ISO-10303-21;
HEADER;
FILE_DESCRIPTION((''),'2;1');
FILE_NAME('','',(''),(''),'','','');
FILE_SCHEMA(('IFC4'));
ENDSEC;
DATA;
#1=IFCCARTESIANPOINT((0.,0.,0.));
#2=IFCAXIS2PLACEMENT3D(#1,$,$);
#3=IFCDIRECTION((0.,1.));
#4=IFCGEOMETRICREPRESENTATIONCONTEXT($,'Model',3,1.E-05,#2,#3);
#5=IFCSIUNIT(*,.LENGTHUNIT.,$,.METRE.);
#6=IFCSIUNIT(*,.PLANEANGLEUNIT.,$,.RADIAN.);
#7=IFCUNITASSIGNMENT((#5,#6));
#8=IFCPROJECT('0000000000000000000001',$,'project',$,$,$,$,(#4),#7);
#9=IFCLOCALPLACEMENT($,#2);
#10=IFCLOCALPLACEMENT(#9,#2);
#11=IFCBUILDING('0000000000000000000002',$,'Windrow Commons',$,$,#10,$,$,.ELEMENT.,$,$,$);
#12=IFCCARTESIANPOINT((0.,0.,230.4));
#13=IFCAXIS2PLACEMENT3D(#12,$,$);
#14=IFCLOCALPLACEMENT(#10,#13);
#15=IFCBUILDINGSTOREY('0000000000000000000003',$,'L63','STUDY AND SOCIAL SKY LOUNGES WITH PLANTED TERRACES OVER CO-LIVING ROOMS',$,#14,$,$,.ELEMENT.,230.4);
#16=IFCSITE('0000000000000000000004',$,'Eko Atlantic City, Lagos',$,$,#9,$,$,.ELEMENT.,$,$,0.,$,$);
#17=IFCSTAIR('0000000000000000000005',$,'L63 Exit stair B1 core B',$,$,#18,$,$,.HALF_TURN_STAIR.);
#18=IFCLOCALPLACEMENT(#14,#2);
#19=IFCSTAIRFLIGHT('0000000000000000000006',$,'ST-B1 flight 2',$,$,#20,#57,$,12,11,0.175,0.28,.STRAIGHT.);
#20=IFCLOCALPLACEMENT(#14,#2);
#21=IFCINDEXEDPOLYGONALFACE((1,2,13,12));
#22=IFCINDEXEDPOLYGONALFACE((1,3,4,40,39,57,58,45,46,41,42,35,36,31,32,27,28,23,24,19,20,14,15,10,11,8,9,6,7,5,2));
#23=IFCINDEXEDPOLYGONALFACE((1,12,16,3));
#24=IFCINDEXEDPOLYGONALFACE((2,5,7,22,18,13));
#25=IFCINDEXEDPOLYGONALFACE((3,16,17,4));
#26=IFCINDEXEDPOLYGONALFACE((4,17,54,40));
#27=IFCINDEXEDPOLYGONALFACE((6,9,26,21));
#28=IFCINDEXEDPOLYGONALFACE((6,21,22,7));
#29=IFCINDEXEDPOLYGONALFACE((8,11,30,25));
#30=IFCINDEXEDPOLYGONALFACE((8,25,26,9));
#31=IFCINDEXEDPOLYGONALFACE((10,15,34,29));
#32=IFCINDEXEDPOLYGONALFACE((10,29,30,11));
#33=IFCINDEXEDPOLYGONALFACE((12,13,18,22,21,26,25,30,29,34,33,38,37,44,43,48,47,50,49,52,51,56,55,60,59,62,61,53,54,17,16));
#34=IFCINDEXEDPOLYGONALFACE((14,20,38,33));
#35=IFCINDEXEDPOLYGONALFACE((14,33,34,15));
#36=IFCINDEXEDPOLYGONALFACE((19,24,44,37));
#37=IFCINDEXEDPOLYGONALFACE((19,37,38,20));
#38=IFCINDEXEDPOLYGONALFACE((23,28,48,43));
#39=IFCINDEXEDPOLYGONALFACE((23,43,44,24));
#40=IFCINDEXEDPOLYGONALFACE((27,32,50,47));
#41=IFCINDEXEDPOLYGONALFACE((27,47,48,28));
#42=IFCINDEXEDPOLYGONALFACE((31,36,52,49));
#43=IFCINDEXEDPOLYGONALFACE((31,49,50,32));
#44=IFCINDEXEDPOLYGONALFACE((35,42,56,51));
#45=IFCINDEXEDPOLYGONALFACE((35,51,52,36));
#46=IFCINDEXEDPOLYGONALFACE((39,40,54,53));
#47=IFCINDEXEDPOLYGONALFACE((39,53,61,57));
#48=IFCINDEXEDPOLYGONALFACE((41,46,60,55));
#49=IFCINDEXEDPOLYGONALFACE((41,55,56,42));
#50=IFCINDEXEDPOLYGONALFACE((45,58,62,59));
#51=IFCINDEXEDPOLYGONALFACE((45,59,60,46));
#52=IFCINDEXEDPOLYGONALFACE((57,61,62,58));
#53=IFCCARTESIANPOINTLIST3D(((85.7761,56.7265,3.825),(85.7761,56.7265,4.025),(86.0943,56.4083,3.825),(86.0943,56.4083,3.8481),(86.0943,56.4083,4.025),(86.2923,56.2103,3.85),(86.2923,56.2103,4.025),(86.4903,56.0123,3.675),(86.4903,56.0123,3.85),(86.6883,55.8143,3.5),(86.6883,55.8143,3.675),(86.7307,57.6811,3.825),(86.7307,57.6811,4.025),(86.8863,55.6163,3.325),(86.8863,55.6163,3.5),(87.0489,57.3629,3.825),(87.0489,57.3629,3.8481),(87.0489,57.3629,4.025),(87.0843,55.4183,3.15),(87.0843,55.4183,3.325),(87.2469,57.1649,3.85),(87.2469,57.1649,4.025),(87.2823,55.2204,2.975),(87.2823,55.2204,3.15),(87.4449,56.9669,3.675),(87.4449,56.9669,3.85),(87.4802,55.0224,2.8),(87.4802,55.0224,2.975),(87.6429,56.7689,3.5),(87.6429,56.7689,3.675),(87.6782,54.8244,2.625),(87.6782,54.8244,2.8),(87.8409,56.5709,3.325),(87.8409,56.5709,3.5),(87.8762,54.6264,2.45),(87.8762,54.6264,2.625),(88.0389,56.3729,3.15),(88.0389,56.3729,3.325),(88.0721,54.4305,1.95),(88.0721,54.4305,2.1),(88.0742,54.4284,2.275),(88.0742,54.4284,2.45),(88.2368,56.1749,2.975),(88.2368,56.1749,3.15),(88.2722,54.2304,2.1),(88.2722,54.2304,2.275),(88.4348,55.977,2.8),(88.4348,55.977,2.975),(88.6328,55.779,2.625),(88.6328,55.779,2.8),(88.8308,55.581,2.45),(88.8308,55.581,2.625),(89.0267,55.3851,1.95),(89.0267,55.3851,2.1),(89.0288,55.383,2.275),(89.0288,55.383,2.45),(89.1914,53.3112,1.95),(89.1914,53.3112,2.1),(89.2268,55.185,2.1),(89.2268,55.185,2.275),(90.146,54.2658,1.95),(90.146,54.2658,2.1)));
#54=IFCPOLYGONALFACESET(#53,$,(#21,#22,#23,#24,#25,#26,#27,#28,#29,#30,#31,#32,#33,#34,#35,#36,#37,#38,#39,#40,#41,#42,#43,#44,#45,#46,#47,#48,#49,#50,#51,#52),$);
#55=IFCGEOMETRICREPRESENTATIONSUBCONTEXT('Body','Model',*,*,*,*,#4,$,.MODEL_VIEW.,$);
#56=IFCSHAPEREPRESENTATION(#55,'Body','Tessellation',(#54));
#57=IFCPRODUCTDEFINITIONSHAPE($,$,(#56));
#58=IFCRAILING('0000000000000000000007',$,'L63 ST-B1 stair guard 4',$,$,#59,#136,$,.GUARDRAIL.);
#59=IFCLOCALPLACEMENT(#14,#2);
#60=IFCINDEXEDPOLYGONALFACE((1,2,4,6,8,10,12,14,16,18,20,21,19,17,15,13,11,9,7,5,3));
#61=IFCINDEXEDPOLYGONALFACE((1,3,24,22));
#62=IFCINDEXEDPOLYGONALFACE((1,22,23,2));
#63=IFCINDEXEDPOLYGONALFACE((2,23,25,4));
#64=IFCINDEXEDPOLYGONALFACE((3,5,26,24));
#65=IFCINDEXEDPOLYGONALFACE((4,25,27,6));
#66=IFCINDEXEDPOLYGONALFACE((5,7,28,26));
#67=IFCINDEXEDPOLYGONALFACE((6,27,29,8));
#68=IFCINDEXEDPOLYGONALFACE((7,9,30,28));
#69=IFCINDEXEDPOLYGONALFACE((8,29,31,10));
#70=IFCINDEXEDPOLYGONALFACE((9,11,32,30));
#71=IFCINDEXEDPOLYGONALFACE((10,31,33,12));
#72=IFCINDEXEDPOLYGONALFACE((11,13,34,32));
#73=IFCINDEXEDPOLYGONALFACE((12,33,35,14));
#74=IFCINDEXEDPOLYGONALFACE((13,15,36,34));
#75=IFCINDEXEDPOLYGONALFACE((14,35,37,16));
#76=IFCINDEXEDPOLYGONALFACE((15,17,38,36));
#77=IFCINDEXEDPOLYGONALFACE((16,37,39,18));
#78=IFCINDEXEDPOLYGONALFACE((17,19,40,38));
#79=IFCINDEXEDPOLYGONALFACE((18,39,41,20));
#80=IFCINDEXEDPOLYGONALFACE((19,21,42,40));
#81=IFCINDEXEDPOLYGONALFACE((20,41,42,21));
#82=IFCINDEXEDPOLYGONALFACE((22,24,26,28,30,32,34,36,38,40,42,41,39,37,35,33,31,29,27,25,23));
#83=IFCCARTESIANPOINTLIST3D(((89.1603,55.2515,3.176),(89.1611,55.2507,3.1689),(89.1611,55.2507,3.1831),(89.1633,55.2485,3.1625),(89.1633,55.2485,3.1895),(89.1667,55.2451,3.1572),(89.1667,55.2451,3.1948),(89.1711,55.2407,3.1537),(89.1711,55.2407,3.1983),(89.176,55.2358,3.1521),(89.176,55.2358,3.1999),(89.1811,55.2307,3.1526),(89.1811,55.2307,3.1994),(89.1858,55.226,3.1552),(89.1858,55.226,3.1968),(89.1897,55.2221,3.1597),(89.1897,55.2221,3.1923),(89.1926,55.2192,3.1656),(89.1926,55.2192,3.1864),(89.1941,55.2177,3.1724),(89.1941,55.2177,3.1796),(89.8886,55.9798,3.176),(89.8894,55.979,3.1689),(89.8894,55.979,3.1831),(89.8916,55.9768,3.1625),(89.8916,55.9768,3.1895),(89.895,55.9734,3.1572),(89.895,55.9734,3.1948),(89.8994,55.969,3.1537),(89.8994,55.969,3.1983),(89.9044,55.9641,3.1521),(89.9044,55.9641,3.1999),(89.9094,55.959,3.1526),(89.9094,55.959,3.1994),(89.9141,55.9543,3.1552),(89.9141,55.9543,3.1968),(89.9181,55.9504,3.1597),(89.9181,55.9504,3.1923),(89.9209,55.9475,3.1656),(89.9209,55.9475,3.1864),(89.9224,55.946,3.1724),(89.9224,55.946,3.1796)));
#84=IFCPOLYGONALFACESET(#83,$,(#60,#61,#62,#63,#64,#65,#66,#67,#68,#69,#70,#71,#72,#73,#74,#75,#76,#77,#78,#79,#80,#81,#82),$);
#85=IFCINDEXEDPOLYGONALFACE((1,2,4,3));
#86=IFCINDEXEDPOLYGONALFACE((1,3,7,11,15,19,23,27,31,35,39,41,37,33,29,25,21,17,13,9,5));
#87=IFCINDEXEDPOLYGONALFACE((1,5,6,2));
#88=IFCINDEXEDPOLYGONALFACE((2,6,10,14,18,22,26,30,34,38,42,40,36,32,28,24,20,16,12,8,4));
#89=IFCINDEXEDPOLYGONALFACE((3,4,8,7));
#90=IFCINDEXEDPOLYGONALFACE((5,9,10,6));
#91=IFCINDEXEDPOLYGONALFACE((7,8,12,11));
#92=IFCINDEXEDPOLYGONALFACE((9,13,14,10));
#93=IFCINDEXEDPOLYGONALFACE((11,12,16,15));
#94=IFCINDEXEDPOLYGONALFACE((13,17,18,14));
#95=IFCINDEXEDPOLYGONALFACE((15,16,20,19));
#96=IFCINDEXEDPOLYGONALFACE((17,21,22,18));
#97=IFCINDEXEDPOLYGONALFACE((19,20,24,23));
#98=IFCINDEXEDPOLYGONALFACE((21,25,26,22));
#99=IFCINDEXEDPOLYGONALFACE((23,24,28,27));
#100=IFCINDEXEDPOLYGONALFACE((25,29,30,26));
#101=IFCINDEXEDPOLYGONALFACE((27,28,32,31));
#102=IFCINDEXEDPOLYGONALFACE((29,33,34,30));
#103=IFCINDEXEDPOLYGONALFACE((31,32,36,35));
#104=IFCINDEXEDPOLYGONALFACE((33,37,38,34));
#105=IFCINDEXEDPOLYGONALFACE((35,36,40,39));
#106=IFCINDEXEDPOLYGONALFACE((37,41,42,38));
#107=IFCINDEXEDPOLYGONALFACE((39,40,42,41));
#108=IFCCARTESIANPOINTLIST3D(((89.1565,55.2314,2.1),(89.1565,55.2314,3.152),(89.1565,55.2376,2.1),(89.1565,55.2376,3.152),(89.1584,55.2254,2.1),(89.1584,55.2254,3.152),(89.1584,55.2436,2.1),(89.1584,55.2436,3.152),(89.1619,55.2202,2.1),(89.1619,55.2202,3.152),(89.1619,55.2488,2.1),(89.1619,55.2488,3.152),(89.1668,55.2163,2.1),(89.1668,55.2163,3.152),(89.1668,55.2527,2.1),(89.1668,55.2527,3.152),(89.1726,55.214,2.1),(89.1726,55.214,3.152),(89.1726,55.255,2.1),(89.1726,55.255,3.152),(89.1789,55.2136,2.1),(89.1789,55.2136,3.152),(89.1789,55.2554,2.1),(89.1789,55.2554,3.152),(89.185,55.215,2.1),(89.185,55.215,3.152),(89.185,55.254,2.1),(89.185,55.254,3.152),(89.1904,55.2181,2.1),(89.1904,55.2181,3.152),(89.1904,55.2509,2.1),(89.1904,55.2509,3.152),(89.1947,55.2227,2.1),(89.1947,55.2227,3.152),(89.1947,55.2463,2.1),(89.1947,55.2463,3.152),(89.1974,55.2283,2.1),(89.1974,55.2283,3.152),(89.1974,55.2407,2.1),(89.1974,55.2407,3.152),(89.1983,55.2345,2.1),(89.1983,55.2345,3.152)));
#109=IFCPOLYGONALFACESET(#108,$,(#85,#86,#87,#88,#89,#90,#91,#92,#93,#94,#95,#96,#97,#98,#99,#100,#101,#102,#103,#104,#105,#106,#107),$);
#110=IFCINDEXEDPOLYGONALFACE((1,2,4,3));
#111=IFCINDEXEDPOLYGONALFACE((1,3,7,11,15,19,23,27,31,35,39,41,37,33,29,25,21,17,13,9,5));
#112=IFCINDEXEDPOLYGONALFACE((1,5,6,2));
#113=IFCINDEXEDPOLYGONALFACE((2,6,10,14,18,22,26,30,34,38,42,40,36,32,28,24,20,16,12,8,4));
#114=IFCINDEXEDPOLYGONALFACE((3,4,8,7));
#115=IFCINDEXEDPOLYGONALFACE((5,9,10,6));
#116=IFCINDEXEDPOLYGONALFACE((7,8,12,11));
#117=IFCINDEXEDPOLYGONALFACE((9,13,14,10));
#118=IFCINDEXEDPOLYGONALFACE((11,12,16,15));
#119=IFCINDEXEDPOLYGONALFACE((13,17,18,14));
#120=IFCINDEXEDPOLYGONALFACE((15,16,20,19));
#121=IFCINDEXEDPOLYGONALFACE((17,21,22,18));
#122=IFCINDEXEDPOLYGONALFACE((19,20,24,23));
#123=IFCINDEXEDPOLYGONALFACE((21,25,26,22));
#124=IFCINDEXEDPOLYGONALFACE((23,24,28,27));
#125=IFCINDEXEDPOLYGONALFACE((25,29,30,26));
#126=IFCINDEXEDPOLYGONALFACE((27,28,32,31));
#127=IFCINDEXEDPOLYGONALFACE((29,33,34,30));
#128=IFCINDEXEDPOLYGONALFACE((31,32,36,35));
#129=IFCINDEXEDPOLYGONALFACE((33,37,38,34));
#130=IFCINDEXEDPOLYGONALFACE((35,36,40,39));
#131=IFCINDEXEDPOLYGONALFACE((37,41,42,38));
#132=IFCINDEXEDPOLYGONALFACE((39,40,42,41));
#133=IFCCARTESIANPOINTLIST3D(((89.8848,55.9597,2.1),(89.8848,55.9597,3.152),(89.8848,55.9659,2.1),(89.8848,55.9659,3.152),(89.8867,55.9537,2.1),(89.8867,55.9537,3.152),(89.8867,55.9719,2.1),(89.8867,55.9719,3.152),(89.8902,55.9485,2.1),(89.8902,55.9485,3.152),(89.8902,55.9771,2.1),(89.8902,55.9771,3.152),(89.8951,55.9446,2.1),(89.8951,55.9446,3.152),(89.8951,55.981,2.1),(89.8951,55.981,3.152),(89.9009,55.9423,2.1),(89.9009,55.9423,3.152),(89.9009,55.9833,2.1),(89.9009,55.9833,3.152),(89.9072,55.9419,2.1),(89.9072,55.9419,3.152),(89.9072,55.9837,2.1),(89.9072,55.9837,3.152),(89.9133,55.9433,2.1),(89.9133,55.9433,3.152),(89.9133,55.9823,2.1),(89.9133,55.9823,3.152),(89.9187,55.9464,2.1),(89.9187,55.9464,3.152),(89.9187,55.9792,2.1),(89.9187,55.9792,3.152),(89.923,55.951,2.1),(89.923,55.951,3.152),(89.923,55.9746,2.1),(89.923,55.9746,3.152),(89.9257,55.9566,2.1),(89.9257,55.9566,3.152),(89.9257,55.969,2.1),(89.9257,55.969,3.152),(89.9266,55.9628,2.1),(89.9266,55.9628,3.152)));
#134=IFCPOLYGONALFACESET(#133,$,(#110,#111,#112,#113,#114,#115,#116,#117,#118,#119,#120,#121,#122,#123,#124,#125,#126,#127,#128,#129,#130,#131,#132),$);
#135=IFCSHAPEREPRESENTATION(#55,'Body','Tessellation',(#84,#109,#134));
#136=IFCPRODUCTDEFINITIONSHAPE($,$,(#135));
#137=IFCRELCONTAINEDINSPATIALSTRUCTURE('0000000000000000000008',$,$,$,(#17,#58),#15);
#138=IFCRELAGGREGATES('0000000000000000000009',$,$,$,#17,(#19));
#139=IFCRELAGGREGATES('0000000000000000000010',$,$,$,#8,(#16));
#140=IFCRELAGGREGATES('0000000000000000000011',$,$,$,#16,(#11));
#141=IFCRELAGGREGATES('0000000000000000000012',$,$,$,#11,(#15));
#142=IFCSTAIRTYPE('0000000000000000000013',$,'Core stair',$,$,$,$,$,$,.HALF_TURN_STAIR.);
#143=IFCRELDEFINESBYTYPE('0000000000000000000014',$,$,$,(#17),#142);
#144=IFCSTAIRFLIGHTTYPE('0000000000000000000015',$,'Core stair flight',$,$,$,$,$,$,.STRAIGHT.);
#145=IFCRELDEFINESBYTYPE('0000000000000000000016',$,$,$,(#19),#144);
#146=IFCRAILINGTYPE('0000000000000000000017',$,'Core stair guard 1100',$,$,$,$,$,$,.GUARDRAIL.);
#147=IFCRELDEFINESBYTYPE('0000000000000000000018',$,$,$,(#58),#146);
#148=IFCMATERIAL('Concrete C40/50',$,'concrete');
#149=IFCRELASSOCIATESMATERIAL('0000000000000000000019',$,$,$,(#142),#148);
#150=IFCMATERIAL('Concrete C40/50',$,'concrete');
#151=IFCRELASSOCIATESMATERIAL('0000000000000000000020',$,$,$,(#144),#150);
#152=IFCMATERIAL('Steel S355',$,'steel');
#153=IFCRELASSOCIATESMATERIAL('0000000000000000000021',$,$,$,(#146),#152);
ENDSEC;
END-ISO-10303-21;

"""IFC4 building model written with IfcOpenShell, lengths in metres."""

from ifc_helpers import new_model, si_unit, direction, frame, origin, origin_2d, place, context, subcontext, project, spatial, polyline, circle, outline, extrude, material, type_object, element, aggregate, save


model = new_model("IFC4")

# Units and contexts
model_context = context("Model", 3, precision=1e-05, world=origin(), true_north=direction((0.0, 1.0)))
body_context = subcontext(model_context, "Body", "Model", "MODEL_VIEW")
ifc_project = project(units=[si_unit("LENGTHUNIT", "METRE"), si_unit("PLANEANGLEUNIT", "RADIAN")], contexts=[model_context])

# Site, building, storey
site_placement = place(None, origin())
site = spatial("IfcSite", under=ifc_project, at=site_placement, Name="Eko Atlantic City, Lagos", CompositionType="ELEMENT", RefElevation=0.0)
building_placement = place(site_placement, origin())
building = spatial("IfcBuilding", under=site, at=building_placement, Name="Windrow Commons", CompositionType="ELEMENT")
storey_placement = place(building_placement, frame((0.0, 0.0, 230.4)))
storey = spatial("IfcBuildingStorey", under=building, at=storey_placement, Name="L63", Description="STUDY AND SOCIAL SKY LOUNGES WITH PLANTED TERRACES OVER CO-LIVING ROOMS", CompositionType="ELEMENT", Elevation=230.4)

# Shared definitions
placement = place(storey_placement, origin())

# Stair, stair flight
ifc_material_1 = material(Name="Concrete C40/50", Category="concrete")
stair_type = type_object("IfcStairType", Name="Core stair", PredefinedType="HALF_TURN_STAIR", material=ifc_material_1)
stair = element("IfcStair", 1, at=placement, inside=storey, type_object=stair_type, Name="L63 Exit stair B1 core B", PredefinedType="HALF_TURN_STAIR")
ifc_material_2 = material(Name="Concrete C40/50", Category="concrete")
stair_flight_type = type_object("IfcStairFlightType", Name="Core stair flight", PredefinedType="STRAIGHT", material=ifc_material_2)
stair_flight_placement = place(storey_placement, frame((88.7495, 54.7077, 2.1), z_axis=(0.0, 0.0, 1.0), x_axis=(-0.707107, 0.707107, 0.0)))
stair_flight = element("IfcStairFlight", 2, at=stair_flight_placement, type_object=stair_flight_type, Name="ST-B1 flight 2", NumberOfRisers=12, NumberOfTreads=11, PredefinedType="STRAIGHT", RiserHeight=0.175, TreadLength=0.28, context=body_context, shape_type="SweptSolid", body=[
    extrude(outline(polyline([(-1.3, -0.15), (-1.3, 0.0), (0.0, 0.0), (0.0, 0.175), (0.28, 0.175), (0.28, 0.35), (0.56, 0.35), (0.56, 0.525), (0.84, 0.525), (0.84, 0.7), (1.12, 0.7), (1.12, 0.875), (1.4, 0.875), (1.4, 1.05), (1.68, 1.05), (1.68, 1.225), (1.96, 1.225), (1.96, 1.4), (2.24, 1.4), (2.24, 1.575), (2.52, 1.575), (2.52, 1.75), (2.8, 1.75), (2.8, 1.925), (3.08, 1.925), (3.53, 1.925), (3.53, 1.725), (3.08, 1.725), (3.08, 1.7481), (0.283, 0.0), (0.283, -0.15), (-1.3, -0.15)])), frame((0.0, 0.675, 0.0), z_axis=(0.0, -1.0, 0.0), x_axis=(1.0, 0.0, 0.0)), (0.0, 0.0, 1.0), 1.35),
])
aggregate(stair, [stair_flight])

# Railing
ifc_material_3 = material(Name="Steel S355", Category="steel")
railing_type_1 = type_object("IfcRailingType", Name="Core stair guard 1100", PredefinedType="GUARDRAIL", material=ifc_material_3)
railing_1_placement = place(storey_placement, frame((89.1773, 55.2345, 2.1)))
element("IfcRailing", 3, at=railing_1_placement, inside=storey, type_object=railing_type_1, Name="L63 ST-B1 stair guard 4", PredefinedType="GUARDRAIL", context=body_context, shape_type="SweptSolid", body=[
    extrude(circle(Radius=0.024, at=origin_2d()), frame((0.0, 0.0, 1.076), z_axis=(0.707107, 0.707107, 0.0), x_axis=(-0.707107, 0.707107, 0.0)), (0.0, 0.0, 1.0), 1.03),
    extrude(circle(Radius=0.021, at=origin_2d()), origin(), (0.0, 0.0, 1.0), 1.052),
    extrude(circle(Radius=0.021, at=origin_2d()), frame((0.7283, 0.7283, 0.0)), (0.0, 0.0, 1.0), 1.052),
])

save(model, "model.ifc")
